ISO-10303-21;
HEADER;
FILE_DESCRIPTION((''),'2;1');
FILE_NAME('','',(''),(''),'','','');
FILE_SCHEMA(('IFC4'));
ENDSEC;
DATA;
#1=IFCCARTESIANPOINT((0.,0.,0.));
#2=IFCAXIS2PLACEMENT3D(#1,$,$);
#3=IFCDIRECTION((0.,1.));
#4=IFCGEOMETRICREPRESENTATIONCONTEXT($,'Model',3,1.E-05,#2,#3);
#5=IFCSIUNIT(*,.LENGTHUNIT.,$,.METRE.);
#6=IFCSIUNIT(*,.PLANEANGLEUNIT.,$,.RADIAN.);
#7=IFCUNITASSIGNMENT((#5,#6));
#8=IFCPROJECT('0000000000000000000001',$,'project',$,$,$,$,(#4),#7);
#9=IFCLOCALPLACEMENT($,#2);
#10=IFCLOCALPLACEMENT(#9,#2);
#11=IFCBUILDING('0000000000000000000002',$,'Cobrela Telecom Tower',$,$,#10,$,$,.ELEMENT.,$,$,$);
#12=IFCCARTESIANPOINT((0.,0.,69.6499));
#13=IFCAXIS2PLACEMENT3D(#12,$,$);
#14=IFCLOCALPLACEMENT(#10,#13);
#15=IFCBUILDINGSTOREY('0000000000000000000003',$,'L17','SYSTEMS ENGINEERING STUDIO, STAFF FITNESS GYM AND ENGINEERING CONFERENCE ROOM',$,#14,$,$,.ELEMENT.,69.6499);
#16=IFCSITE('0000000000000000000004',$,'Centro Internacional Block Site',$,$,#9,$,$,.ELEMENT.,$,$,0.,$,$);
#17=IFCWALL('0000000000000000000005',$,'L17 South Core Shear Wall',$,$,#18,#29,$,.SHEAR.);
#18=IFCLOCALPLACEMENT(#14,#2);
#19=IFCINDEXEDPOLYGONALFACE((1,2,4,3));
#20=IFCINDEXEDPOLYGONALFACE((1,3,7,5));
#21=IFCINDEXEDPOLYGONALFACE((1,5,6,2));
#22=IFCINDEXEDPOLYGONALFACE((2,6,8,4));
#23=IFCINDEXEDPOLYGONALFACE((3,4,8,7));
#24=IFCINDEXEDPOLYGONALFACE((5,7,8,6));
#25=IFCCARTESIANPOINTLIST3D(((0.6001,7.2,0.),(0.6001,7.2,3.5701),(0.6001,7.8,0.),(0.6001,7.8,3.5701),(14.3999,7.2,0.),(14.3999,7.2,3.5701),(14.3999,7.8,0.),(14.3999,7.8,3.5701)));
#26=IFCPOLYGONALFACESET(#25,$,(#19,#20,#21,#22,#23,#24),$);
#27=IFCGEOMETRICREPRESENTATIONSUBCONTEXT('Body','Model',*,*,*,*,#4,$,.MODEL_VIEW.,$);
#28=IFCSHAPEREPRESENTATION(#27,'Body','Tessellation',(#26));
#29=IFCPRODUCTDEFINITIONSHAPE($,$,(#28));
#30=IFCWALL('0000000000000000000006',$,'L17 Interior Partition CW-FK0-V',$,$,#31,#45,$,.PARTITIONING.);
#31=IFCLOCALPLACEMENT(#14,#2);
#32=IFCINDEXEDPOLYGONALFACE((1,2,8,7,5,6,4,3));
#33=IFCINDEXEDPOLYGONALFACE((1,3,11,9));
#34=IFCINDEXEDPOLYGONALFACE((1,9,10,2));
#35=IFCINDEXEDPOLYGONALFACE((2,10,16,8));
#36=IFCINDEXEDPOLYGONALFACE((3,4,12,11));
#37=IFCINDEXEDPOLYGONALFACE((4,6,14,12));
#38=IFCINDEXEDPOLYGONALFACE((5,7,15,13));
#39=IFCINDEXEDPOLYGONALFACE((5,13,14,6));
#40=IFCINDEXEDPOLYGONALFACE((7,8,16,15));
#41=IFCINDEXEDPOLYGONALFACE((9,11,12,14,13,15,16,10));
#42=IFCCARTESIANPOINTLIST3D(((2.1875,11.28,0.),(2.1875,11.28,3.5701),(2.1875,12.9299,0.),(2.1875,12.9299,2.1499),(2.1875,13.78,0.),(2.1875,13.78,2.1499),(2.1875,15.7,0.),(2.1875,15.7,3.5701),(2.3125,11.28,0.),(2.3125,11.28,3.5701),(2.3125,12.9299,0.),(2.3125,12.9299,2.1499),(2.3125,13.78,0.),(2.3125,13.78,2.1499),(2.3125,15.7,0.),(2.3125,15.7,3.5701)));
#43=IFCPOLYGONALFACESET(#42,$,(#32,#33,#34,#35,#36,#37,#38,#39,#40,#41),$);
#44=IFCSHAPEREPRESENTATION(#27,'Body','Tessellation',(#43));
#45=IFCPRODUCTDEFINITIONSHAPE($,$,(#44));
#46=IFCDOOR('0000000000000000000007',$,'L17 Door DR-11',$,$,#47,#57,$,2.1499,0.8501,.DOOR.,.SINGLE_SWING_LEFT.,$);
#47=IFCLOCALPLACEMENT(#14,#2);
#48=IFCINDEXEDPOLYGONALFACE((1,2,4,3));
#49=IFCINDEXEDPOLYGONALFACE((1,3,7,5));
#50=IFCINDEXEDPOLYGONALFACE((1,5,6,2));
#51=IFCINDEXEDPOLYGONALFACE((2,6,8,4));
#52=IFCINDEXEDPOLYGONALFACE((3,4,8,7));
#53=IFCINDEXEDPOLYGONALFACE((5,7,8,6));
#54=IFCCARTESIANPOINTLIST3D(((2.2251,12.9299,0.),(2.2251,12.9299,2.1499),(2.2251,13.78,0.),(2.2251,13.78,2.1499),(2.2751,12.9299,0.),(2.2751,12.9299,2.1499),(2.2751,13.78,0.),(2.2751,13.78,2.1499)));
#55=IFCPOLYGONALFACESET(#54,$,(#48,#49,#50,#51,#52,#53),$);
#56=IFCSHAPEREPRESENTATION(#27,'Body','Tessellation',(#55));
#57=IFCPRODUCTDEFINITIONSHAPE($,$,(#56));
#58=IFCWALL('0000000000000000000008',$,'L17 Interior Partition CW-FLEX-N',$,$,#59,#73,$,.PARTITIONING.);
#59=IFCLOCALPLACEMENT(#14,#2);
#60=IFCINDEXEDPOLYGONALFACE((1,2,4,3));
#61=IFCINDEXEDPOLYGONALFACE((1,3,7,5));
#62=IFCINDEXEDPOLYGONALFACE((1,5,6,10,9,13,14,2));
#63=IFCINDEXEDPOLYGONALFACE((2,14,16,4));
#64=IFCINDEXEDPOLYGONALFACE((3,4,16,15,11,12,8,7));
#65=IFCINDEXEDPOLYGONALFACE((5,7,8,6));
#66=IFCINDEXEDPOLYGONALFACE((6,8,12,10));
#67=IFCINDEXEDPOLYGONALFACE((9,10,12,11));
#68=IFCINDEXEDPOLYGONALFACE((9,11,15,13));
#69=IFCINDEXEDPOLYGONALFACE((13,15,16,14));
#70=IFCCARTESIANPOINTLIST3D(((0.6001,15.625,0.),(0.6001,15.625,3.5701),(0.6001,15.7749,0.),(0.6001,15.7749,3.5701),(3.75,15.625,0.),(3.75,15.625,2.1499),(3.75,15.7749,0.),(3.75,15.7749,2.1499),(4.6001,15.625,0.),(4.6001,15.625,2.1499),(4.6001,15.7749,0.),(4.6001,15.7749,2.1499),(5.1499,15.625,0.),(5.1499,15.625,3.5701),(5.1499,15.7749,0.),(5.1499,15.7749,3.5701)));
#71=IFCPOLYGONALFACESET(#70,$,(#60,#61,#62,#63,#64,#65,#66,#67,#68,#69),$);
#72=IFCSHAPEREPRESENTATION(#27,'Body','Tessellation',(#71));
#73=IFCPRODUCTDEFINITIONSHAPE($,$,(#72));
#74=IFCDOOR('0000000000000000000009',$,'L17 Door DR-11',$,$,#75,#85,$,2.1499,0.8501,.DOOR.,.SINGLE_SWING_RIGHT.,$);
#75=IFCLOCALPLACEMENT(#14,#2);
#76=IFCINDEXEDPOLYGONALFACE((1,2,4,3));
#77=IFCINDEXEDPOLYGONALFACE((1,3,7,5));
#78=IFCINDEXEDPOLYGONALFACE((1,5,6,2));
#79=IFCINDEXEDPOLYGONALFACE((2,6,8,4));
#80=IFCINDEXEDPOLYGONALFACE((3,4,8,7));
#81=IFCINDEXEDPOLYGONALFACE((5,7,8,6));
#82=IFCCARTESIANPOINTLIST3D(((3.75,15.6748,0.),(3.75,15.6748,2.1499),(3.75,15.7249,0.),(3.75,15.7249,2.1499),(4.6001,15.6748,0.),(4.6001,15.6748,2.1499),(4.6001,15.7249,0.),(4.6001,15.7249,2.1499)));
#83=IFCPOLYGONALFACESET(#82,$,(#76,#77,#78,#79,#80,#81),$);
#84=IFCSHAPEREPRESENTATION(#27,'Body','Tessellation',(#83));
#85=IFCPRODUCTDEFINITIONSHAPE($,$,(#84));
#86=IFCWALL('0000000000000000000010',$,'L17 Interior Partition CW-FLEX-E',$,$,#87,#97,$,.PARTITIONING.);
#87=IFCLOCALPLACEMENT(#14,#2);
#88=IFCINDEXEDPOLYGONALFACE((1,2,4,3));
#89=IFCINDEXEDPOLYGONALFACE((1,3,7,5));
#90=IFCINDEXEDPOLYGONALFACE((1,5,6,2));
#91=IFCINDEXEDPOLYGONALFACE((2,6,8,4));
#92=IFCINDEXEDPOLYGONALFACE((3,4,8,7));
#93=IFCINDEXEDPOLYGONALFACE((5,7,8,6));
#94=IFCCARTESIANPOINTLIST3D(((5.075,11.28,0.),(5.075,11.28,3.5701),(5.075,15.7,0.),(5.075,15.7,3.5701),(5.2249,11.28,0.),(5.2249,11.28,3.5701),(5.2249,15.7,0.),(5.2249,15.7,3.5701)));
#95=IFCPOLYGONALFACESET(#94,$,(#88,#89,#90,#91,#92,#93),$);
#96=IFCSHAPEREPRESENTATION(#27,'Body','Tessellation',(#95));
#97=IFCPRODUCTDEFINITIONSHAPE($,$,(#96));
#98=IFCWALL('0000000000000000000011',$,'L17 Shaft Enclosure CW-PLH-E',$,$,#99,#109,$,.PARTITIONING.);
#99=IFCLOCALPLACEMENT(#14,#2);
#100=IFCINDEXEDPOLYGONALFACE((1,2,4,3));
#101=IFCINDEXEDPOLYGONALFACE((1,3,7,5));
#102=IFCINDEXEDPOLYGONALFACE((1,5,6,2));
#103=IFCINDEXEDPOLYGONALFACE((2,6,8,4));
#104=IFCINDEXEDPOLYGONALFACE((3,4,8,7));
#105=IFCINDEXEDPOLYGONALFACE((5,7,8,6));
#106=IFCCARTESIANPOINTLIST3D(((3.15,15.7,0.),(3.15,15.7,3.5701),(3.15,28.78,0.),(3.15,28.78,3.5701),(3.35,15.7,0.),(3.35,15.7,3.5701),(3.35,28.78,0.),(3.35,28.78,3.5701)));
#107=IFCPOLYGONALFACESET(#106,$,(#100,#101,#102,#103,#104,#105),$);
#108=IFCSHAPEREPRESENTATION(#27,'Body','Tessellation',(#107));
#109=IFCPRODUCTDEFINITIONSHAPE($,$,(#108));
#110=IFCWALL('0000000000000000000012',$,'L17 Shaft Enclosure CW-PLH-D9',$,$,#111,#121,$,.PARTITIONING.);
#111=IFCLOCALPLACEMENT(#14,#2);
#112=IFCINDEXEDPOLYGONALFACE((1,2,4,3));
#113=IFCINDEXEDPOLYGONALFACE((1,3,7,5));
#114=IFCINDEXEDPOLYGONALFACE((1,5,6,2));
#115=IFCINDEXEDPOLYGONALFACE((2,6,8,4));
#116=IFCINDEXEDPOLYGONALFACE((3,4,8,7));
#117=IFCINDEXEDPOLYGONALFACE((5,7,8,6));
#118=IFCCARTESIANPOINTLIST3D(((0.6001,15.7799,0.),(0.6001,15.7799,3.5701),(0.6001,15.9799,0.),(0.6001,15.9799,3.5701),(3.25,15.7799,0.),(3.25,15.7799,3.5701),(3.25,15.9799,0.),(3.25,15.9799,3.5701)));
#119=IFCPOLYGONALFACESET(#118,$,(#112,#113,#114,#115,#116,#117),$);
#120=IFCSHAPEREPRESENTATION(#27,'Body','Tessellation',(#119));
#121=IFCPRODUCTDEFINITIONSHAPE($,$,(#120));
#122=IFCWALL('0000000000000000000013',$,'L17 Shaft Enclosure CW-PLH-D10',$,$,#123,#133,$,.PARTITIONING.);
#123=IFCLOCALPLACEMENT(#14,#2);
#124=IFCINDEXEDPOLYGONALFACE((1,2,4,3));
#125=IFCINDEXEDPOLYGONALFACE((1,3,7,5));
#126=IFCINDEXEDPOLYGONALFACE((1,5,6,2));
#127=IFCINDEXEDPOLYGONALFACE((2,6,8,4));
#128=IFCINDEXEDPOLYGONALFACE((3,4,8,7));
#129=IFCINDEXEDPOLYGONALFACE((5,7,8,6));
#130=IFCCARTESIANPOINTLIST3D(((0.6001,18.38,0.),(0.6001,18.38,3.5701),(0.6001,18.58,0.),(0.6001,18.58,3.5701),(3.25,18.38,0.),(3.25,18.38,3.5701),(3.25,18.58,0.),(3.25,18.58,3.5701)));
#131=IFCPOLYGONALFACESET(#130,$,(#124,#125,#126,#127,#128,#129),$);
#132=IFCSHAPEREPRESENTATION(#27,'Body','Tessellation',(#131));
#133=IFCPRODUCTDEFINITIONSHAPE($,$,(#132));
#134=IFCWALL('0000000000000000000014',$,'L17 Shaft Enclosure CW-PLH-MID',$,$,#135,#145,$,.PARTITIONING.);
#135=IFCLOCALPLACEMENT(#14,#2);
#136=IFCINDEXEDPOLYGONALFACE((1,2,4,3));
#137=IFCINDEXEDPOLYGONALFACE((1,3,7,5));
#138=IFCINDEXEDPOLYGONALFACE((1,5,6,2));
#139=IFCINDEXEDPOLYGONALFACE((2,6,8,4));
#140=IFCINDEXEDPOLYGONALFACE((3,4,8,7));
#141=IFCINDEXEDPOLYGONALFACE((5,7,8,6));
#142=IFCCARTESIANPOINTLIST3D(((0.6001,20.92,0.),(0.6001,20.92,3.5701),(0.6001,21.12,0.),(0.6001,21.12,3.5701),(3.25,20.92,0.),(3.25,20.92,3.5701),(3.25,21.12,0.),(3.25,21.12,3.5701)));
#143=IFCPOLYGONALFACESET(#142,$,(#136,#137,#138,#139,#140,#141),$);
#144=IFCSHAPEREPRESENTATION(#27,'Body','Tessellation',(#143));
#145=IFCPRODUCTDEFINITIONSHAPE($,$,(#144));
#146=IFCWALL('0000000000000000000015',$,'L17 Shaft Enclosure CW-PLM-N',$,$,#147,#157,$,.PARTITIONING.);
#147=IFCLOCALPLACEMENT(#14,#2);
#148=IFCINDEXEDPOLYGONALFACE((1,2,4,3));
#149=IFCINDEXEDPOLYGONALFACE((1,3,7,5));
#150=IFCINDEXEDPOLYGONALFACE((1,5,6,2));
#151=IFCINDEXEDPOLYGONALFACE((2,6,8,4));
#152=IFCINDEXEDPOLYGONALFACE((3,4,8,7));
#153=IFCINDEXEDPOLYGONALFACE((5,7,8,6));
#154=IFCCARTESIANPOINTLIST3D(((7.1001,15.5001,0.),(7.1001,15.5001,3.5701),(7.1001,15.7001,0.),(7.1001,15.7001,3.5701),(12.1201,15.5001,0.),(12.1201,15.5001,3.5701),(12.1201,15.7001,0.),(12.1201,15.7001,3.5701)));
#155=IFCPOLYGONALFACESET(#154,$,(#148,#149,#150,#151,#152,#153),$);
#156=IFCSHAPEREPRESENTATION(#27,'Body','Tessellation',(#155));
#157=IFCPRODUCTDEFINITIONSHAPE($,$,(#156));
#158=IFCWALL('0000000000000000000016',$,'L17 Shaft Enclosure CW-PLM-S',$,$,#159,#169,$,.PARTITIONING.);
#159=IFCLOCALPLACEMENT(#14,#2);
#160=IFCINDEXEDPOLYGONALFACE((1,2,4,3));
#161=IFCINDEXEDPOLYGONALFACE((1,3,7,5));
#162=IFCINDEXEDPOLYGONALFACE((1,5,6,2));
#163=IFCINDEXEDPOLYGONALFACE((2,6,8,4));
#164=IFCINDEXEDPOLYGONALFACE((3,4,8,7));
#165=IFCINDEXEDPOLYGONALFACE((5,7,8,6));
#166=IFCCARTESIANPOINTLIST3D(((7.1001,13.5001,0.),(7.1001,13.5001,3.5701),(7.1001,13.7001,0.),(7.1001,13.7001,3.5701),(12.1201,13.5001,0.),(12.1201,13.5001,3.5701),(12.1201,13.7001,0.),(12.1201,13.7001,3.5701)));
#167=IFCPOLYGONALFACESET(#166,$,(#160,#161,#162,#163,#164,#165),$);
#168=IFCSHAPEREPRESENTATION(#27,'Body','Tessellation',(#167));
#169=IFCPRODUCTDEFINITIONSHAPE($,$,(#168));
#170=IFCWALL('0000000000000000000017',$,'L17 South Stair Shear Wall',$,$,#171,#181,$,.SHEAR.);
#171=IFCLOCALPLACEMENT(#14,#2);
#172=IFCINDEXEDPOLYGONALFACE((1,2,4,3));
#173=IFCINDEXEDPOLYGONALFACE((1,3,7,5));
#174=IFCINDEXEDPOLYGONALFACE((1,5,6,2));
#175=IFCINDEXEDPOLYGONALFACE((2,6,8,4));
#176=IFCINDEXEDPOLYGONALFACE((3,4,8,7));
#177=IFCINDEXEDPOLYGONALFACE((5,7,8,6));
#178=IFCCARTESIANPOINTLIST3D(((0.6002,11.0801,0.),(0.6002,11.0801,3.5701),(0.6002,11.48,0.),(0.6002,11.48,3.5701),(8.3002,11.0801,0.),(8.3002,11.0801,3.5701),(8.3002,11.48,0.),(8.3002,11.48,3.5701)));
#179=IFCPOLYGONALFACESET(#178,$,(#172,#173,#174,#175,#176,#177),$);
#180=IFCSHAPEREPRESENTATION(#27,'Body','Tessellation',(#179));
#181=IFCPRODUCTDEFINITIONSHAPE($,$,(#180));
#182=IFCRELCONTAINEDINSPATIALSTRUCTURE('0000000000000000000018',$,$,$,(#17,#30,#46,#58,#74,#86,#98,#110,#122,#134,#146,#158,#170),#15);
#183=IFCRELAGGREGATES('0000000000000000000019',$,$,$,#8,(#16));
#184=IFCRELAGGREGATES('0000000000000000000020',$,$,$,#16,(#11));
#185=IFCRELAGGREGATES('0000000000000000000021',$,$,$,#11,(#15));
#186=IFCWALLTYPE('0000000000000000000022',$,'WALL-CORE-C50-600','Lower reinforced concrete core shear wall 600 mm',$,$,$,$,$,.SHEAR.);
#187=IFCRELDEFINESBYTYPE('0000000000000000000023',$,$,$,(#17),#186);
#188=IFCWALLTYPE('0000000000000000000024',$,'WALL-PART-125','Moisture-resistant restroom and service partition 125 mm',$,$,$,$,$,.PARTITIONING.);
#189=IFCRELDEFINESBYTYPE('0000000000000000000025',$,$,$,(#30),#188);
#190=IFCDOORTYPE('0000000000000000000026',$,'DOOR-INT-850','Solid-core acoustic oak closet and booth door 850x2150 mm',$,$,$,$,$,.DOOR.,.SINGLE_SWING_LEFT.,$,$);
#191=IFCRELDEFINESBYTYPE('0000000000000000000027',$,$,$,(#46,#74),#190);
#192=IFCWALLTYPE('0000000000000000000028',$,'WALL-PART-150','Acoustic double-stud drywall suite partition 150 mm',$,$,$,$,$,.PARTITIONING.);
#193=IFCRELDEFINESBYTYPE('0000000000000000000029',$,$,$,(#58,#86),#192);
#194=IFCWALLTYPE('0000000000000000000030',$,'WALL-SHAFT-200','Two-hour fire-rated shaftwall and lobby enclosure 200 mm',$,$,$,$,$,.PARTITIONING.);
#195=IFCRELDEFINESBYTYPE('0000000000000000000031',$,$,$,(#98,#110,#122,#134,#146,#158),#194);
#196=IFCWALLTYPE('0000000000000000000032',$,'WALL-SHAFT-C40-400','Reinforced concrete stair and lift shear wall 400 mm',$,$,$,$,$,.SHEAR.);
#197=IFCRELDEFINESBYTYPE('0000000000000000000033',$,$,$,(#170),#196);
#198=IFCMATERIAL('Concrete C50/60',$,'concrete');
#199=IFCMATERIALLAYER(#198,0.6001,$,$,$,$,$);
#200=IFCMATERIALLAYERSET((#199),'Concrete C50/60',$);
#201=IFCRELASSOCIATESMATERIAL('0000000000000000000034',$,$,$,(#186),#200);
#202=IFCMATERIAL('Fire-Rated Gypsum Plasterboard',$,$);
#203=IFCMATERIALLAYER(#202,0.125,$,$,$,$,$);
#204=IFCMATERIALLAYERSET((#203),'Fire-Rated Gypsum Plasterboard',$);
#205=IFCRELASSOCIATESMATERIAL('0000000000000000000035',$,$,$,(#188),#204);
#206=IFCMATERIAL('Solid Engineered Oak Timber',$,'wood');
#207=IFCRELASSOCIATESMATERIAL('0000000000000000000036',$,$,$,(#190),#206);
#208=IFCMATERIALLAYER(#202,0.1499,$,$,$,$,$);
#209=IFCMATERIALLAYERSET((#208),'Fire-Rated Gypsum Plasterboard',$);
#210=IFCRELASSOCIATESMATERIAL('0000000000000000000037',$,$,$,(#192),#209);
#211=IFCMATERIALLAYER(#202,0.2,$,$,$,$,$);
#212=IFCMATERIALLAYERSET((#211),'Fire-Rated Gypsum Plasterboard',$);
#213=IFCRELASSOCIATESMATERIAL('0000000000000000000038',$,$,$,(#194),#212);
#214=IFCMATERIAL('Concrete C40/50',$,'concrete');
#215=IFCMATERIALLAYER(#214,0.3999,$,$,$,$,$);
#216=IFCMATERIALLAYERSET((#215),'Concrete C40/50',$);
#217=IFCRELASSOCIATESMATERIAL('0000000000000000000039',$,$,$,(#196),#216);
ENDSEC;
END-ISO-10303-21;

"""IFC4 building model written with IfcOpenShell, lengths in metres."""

from ifc_helpers import new_model, si_unit, direction, frame, frame_2d, origin, place, context, subcontext, project, spatial, rectangle, extrude, material, layer, layer_set, type_object, element, fill, save


model = new_model("IFC4")

# Units and contexts
model_context = context("Model", 3, precision=1e-05, world=origin(), true_north=direction((0.0, 1.0)))
body_context = subcontext(model_context, "Body", "Model", "MODEL_VIEW")
ifc_project = project(units=[si_unit("LENGTHUNIT", "METRE"), si_unit("PLANEANGLEUNIT", "RADIAN")], contexts=[model_context])

# Site, building, storey
site_placement = place(None, origin())
site = spatial("IfcSite", under=ifc_project, at=site_placement, Name="Centro Internacional Block Site", CompositionType="ELEMENT", RefElevation=0.0)
building_placement = place(site_placement, origin())
building = spatial("IfcBuilding", under=site, at=building_placement, Name="Cobrela Telecom Tower", CompositionType="ELEMENT")
storey_placement = place(building_placement, frame((0.0, 0.0, 69.6499)))
storey = spatial("IfcBuildingStorey", under=building, at=storey_placement, Name="L17", Description="SYSTEMS ENGINEERING STUDIO, STAFF FITNESS GYM AND ENGINEERING CONFERENCE ROOM", CompositionType="ELEMENT", Elevation=69.6499)

# Wall
ifc_material_1 = material(Name="Concrete C50/60", Category="concrete")
ifc_layer_1 = layer(ifc_material_1, 0.6001)
ifc_layer_set_1 = layer_set([ifc_layer_1], Name="Concrete C50/60")
wall_type_1 = type_object("IfcWallType", Name="WALL-CORE-C50-600", Description="Lower reinforced concrete core shear wall 600 mm", PredefinedType="SHEAR", material=ifc_layer_set_1)
wall_1_placement = place(storey_placement, frame((0.6001, 7.5, 0.0), z_axis=(0.0, 0.0, 1.0), x_axis=(1.0, 0.0, 0.0)))
element("IfcWall", 1, at=wall_1_placement, inside=storey, type_object=wall_type_1, Name="L17 South Core Shear Wall", PredefinedType="SHEAR", context=body_context, shape_type="SweptSolid", body=[
    extrude(rectangle(XDim=13.7998, YDim=0.6001, at=frame_2d((6.8999, 0.0))), origin(), (0.0, 0.0, 1.0), 3.5701),
])

# Walls, openings, doors
ifc_material_2 = material(Name="Fire-Rated Gypsum Plasterboard")
ifc_layer_2 = layer(ifc_material_2, 0.125)
ifc_layer_set_2 = layer_set([ifc_layer_2], Name="Fire-Rated Gypsum Plasterboard")
wall_type_2 = type_object("IfcWallType", Name="WALL-PART-125", Description="Moisture-resistant restroom and service partition 125 mm", PredefinedType="PARTITIONING", material=ifc_layer_set_2)
wall_2_placement = place(storey_placement, frame((2.25, 11.28, 0.0), z_axis=(0.0, 0.0, 1.0), x_axis=(0.0, 1.0, 0.0)))
wall_2 = element("IfcWall", 2, at=wall_2_placement, inside=storey, type_object=wall_type_2, Name="L17 Interior Partition CW-FK0-V", PredefinedType="PARTITIONING", context=body_context, shape_type="SweptSolid", body=[
    extrude(rectangle(XDim=4.4199, YDim=0.125, at=frame_2d((2.21, 0.0))), origin(), (0.0, 0.0, 1.0), 3.5701),
])
opening_1_placement = place(wall_2_placement, frame((1.6499, 0.0, 0.0)))
opening_1 = element("IfcOpeningElement", 3, at=opening_1_placement, cuts=wall_2, PredefinedType="OPENING", context=body_context, shape_type="SweptSolid", body=[
    extrude(rectangle(XDim=0.8501, YDim=2.1499, at=frame_2d((0.425, 1.075))), frame((0.0, 0.0745, 0.0), z_axis=(0.0, -1.0, 0.0), x_axis=(1.0, 0.0, 0.0)), (0.0, 0.0, 1.0), 0.1489),
])
ifc_material_3 = material(Name="Solid Engineered Oak Timber", Category="wood")
door_type = type_object("IfcDoorType", Name="DOOR-INT-850", Description="Solid-core acoustic oak closet and booth door 850x2150 mm", OperationType="SINGLE_SWING_LEFT", PredefinedType="DOOR", material=ifc_material_3)
door_1_placement = place(opening_1_placement, origin())
door_1 = element("IfcDoor", 4, at=door_1_placement, inside=storey, type_object=door_type, Name="L17 Door DR-11", OperationType="SINGLE_SWING_LEFT", OverallHeight=2.1499, OverallWidth=0.8501, PredefinedType="DOOR", context=body_context, shape_type="SweptSolid", body=[
    extrude(rectangle(XDim=0.8501, YDim=2.1499, at=frame_2d((0.425, 1.075))), frame((0.0, 0.0249, 0.0), z_axis=(0.0, -1.0, 0.0), x_axis=(1.0, 0.0, 0.0)), (0.0, 0.0, 1.0), 0.05),
])
fill(opening_1, door_1)
ifc_layer_3 = layer(ifc_material_2, 0.1499)
ifc_layer_set_3 = layer_set([ifc_layer_3], Name="Fire-Rated Gypsum Plasterboard")
wall_type_3 = type_object("IfcWallType", Name="WALL-PART-150", Description="Acoustic double-stud drywall suite partition 150 mm", PredefinedType="PARTITIONING", material=ifc_layer_set_3)
wall_3_placement = place(storey_placement, frame((0.6001, 15.7, 0.0), z_axis=(0.0, 0.0, 1.0), x_axis=(1.0, 0.0, 0.0)))
wall_3 = element("IfcWall", 5, at=wall_3_placement, inside=storey, type_object=wall_type_3, Name="L17 Interior Partition CW-FLEX-N", PredefinedType="PARTITIONING", context=body_context, shape_type="SweptSolid", body=[
    extrude(rectangle(XDim=4.5498, YDim=0.1499, at=frame_2d((2.2749, 0.0))), origin(), (0.0, 0.0, 1.0), 3.5701),
])
opening_2_placement = place(wall_3_placement, frame((3.1499, 0.0, 0.0)))
opening_2 = element("IfcOpeningElement", 6, at=opening_2_placement, cuts=wall_3, PredefinedType="OPENING", context=body_context, shape_type="SweptSolid", body=[
    extrude(rectangle(XDim=0.8501, YDim=2.1499, at=frame_2d((0.425, 1.075))), frame((0.0, 0.0869, 0.0), z_axis=(0.0, -1.0, 0.0), x_axis=(1.0, 0.0, 0.0)), (0.0, 0.0, 1.0), 0.1738),
])
door_2_placement = place(opening_2_placement, origin())
door_2 = element("IfcDoor", 7, at=door_2_placement, inside=storey, type_object=door_type, Name="L17 Door DR-11", OperationType="SINGLE_SWING_RIGHT", OverallHeight=2.1499, OverallWidth=0.8501, PredefinedType="DOOR", context=body_context, shape_type="SweptSolid", body=[
    extrude(rectangle(XDim=0.8501, YDim=2.1499, at=frame_2d((0.425, 1.075))), frame((0.0, 0.0249, 0.0), z_axis=(0.0, -1.0, 0.0), x_axis=(1.0, 0.0, 0.0)), (0.0, 0.0, 1.0), 0.05),
])
fill(opening_2, door_2)

# Walls
wall_4_placement = place(storey_placement, frame((5.1499, 11.28, 0.0), z_axis=(0.0, 0.0, 1.0), x_axis=(0.0, 1.0, 0.0)))
element("IfcWall", 8, at=wall_4_placement, inside=storey, type_object=wall_type_3, Name="L17 Interior Partition CW-FLEX-E", PredefinedType="PARTITIONING", context=body_context, shape_type="SweptSolid", body=[
    extrude(rectangle(XDim=4.4199, YDim=0.1499, at=frame_2d((2.21, 0.0))), origin(), (0.0, 0.0, 1.0), 3.5701),
])
ifc_layer_4 = layer(ifc_material_2, 0.2)
ifc_layer_set_4 = layer_set([ifc_layer_4], Name="Fire-Rated Gypsum Plasterboard")
wall_type_4 = type_object("IfcWallType", Name="WALL-SHAFT-200", Description="Two-hour fire-rated shaftwall and lobby enclosure 200 mm", PredefinedType="PARTITIONING", material=ifc_layer_set_4)
wall_5_placement = place(storey_placement, frame((3.25, 15.7, 0.0), z_axis=(0.0, 0.0, 1.0), x_axis=(0.0, 1.0, 0.0)))
element("IfcWall", 9, at=wall_5_placement, inside=storey, type_object=wall_type_4, Name="L17 Shaft Enclosure CW-PLH-E", PredefinedType="PARTITIONING", context=body_context, shape_type="SweptSolid", body=[
    extrude(rectangle(XDim=13.0801, YDim=0.2, at=frame_2d((6.54, 0.0))), origin(), (0.0, 0.0, 1.0), 3.5701),
])
for number, where, z_axis, x_axis, name in (
    (10, (0.6001, 15.8799, 0.0), (0.0, 0.0, 1.0), (1.0, 0.0, 0.0), "L17 Shaft Enclosure CW-PLH-D9"),
    (11, (0.6001, 18.48, 0.0), (0.0, 0.0, 1.0), (1.0, 0.0, 0.0), "L17 Shaft Enclosure CW-PLH-D10"),
    (12, (0.6001, 21.02, 0.0), (0.0, 0.0, 1.0), (1.0, 0.0, 0.0), "L17 Shaft Enclosure CW-PLH-MID"),
):
    element("IfcWall", number, at=place(storey_placement, frame(where, z_axis=z_axis, x_axis=x_axis)), inside=storey, type_object=wall_type_4, Name=name, PredefinedType="PARTITIONING", context=body_context, shape_type="SweptSolid", body=[
        extrude(rectangle(XDim=2.6499, YDim=0.2, at=frame_2d((1.325, 0.0))), origin(), (0.0, 0.0, 1.0), 3.5701),
    ])
for number, where, z_axis, x_axis, name in (
    (13, (7.1001, 15.6001, 0.0), (0.0, 0.0, 1.0), (1.0, 0.0, 0.0), "L17 Shaft Enclosure CW-PLM-N"),
    (14, (7.1001, 13.6001, 0.0), (0.0, 0.0, 1.0), (1.0, 0.0, 0.0), "L17 Shaft Enclosure CW-PLM-S"),
):
    element("IfcWall", number, at=place(storey_placement, frame(where, z_axis=z_axis, x_axis=x_axis)), inside=storey, type_object=wall_type_4, Name=name, PredefinedType="PARTITIONING", context=body_context, shape_type="SweptSolid", body=[
        extrude(rectangle(XDim=5.02, YDim=0.2, at=frame_2d((2.51, 0.0))), origin(), (0.0, 0.0, 1.0), 3.5701),
    ])
ifc_material_4 = material(Name="Concrete C40/50", Category="concrete")
ifc_layer_5 = layer(ifc_material_4, 0.3999)
ifc_layer_set_5 = layer_set([ifc_layer_5], Name="Concrete C40/50")
wall_type_5 = type_object("IfcWallType", Name="WALL-SHAFT-C40-400", Description="Reinforced concrete stair and lift shear wall 400 mm", PredefinedType="SHEAR", material=ifc_layer_set_5)
wall_6_placement = place(storey_placement, frame((0.6001, 11.28, 0.0), z_axis=(0.0, 0.0, 1.0), x_axis=(1.0, 0.0, 0.0)))
element("IfcWall", 15, at=wall_6_placement, inside=storey, type_object=wall_type_5, Name="L17 South Stair Shear Wall", PredefinedType="SHEAR", context=body_context, shape_type="SweptSolid", body=[
    extrude(rectangle(XDim=7.7, YDim=0.3999, at=frame_2d((3.8501, 0.0))), origin(), (0.0, 0.0, 1.0), 3.5701),
])

save(model, "model.ifc")
